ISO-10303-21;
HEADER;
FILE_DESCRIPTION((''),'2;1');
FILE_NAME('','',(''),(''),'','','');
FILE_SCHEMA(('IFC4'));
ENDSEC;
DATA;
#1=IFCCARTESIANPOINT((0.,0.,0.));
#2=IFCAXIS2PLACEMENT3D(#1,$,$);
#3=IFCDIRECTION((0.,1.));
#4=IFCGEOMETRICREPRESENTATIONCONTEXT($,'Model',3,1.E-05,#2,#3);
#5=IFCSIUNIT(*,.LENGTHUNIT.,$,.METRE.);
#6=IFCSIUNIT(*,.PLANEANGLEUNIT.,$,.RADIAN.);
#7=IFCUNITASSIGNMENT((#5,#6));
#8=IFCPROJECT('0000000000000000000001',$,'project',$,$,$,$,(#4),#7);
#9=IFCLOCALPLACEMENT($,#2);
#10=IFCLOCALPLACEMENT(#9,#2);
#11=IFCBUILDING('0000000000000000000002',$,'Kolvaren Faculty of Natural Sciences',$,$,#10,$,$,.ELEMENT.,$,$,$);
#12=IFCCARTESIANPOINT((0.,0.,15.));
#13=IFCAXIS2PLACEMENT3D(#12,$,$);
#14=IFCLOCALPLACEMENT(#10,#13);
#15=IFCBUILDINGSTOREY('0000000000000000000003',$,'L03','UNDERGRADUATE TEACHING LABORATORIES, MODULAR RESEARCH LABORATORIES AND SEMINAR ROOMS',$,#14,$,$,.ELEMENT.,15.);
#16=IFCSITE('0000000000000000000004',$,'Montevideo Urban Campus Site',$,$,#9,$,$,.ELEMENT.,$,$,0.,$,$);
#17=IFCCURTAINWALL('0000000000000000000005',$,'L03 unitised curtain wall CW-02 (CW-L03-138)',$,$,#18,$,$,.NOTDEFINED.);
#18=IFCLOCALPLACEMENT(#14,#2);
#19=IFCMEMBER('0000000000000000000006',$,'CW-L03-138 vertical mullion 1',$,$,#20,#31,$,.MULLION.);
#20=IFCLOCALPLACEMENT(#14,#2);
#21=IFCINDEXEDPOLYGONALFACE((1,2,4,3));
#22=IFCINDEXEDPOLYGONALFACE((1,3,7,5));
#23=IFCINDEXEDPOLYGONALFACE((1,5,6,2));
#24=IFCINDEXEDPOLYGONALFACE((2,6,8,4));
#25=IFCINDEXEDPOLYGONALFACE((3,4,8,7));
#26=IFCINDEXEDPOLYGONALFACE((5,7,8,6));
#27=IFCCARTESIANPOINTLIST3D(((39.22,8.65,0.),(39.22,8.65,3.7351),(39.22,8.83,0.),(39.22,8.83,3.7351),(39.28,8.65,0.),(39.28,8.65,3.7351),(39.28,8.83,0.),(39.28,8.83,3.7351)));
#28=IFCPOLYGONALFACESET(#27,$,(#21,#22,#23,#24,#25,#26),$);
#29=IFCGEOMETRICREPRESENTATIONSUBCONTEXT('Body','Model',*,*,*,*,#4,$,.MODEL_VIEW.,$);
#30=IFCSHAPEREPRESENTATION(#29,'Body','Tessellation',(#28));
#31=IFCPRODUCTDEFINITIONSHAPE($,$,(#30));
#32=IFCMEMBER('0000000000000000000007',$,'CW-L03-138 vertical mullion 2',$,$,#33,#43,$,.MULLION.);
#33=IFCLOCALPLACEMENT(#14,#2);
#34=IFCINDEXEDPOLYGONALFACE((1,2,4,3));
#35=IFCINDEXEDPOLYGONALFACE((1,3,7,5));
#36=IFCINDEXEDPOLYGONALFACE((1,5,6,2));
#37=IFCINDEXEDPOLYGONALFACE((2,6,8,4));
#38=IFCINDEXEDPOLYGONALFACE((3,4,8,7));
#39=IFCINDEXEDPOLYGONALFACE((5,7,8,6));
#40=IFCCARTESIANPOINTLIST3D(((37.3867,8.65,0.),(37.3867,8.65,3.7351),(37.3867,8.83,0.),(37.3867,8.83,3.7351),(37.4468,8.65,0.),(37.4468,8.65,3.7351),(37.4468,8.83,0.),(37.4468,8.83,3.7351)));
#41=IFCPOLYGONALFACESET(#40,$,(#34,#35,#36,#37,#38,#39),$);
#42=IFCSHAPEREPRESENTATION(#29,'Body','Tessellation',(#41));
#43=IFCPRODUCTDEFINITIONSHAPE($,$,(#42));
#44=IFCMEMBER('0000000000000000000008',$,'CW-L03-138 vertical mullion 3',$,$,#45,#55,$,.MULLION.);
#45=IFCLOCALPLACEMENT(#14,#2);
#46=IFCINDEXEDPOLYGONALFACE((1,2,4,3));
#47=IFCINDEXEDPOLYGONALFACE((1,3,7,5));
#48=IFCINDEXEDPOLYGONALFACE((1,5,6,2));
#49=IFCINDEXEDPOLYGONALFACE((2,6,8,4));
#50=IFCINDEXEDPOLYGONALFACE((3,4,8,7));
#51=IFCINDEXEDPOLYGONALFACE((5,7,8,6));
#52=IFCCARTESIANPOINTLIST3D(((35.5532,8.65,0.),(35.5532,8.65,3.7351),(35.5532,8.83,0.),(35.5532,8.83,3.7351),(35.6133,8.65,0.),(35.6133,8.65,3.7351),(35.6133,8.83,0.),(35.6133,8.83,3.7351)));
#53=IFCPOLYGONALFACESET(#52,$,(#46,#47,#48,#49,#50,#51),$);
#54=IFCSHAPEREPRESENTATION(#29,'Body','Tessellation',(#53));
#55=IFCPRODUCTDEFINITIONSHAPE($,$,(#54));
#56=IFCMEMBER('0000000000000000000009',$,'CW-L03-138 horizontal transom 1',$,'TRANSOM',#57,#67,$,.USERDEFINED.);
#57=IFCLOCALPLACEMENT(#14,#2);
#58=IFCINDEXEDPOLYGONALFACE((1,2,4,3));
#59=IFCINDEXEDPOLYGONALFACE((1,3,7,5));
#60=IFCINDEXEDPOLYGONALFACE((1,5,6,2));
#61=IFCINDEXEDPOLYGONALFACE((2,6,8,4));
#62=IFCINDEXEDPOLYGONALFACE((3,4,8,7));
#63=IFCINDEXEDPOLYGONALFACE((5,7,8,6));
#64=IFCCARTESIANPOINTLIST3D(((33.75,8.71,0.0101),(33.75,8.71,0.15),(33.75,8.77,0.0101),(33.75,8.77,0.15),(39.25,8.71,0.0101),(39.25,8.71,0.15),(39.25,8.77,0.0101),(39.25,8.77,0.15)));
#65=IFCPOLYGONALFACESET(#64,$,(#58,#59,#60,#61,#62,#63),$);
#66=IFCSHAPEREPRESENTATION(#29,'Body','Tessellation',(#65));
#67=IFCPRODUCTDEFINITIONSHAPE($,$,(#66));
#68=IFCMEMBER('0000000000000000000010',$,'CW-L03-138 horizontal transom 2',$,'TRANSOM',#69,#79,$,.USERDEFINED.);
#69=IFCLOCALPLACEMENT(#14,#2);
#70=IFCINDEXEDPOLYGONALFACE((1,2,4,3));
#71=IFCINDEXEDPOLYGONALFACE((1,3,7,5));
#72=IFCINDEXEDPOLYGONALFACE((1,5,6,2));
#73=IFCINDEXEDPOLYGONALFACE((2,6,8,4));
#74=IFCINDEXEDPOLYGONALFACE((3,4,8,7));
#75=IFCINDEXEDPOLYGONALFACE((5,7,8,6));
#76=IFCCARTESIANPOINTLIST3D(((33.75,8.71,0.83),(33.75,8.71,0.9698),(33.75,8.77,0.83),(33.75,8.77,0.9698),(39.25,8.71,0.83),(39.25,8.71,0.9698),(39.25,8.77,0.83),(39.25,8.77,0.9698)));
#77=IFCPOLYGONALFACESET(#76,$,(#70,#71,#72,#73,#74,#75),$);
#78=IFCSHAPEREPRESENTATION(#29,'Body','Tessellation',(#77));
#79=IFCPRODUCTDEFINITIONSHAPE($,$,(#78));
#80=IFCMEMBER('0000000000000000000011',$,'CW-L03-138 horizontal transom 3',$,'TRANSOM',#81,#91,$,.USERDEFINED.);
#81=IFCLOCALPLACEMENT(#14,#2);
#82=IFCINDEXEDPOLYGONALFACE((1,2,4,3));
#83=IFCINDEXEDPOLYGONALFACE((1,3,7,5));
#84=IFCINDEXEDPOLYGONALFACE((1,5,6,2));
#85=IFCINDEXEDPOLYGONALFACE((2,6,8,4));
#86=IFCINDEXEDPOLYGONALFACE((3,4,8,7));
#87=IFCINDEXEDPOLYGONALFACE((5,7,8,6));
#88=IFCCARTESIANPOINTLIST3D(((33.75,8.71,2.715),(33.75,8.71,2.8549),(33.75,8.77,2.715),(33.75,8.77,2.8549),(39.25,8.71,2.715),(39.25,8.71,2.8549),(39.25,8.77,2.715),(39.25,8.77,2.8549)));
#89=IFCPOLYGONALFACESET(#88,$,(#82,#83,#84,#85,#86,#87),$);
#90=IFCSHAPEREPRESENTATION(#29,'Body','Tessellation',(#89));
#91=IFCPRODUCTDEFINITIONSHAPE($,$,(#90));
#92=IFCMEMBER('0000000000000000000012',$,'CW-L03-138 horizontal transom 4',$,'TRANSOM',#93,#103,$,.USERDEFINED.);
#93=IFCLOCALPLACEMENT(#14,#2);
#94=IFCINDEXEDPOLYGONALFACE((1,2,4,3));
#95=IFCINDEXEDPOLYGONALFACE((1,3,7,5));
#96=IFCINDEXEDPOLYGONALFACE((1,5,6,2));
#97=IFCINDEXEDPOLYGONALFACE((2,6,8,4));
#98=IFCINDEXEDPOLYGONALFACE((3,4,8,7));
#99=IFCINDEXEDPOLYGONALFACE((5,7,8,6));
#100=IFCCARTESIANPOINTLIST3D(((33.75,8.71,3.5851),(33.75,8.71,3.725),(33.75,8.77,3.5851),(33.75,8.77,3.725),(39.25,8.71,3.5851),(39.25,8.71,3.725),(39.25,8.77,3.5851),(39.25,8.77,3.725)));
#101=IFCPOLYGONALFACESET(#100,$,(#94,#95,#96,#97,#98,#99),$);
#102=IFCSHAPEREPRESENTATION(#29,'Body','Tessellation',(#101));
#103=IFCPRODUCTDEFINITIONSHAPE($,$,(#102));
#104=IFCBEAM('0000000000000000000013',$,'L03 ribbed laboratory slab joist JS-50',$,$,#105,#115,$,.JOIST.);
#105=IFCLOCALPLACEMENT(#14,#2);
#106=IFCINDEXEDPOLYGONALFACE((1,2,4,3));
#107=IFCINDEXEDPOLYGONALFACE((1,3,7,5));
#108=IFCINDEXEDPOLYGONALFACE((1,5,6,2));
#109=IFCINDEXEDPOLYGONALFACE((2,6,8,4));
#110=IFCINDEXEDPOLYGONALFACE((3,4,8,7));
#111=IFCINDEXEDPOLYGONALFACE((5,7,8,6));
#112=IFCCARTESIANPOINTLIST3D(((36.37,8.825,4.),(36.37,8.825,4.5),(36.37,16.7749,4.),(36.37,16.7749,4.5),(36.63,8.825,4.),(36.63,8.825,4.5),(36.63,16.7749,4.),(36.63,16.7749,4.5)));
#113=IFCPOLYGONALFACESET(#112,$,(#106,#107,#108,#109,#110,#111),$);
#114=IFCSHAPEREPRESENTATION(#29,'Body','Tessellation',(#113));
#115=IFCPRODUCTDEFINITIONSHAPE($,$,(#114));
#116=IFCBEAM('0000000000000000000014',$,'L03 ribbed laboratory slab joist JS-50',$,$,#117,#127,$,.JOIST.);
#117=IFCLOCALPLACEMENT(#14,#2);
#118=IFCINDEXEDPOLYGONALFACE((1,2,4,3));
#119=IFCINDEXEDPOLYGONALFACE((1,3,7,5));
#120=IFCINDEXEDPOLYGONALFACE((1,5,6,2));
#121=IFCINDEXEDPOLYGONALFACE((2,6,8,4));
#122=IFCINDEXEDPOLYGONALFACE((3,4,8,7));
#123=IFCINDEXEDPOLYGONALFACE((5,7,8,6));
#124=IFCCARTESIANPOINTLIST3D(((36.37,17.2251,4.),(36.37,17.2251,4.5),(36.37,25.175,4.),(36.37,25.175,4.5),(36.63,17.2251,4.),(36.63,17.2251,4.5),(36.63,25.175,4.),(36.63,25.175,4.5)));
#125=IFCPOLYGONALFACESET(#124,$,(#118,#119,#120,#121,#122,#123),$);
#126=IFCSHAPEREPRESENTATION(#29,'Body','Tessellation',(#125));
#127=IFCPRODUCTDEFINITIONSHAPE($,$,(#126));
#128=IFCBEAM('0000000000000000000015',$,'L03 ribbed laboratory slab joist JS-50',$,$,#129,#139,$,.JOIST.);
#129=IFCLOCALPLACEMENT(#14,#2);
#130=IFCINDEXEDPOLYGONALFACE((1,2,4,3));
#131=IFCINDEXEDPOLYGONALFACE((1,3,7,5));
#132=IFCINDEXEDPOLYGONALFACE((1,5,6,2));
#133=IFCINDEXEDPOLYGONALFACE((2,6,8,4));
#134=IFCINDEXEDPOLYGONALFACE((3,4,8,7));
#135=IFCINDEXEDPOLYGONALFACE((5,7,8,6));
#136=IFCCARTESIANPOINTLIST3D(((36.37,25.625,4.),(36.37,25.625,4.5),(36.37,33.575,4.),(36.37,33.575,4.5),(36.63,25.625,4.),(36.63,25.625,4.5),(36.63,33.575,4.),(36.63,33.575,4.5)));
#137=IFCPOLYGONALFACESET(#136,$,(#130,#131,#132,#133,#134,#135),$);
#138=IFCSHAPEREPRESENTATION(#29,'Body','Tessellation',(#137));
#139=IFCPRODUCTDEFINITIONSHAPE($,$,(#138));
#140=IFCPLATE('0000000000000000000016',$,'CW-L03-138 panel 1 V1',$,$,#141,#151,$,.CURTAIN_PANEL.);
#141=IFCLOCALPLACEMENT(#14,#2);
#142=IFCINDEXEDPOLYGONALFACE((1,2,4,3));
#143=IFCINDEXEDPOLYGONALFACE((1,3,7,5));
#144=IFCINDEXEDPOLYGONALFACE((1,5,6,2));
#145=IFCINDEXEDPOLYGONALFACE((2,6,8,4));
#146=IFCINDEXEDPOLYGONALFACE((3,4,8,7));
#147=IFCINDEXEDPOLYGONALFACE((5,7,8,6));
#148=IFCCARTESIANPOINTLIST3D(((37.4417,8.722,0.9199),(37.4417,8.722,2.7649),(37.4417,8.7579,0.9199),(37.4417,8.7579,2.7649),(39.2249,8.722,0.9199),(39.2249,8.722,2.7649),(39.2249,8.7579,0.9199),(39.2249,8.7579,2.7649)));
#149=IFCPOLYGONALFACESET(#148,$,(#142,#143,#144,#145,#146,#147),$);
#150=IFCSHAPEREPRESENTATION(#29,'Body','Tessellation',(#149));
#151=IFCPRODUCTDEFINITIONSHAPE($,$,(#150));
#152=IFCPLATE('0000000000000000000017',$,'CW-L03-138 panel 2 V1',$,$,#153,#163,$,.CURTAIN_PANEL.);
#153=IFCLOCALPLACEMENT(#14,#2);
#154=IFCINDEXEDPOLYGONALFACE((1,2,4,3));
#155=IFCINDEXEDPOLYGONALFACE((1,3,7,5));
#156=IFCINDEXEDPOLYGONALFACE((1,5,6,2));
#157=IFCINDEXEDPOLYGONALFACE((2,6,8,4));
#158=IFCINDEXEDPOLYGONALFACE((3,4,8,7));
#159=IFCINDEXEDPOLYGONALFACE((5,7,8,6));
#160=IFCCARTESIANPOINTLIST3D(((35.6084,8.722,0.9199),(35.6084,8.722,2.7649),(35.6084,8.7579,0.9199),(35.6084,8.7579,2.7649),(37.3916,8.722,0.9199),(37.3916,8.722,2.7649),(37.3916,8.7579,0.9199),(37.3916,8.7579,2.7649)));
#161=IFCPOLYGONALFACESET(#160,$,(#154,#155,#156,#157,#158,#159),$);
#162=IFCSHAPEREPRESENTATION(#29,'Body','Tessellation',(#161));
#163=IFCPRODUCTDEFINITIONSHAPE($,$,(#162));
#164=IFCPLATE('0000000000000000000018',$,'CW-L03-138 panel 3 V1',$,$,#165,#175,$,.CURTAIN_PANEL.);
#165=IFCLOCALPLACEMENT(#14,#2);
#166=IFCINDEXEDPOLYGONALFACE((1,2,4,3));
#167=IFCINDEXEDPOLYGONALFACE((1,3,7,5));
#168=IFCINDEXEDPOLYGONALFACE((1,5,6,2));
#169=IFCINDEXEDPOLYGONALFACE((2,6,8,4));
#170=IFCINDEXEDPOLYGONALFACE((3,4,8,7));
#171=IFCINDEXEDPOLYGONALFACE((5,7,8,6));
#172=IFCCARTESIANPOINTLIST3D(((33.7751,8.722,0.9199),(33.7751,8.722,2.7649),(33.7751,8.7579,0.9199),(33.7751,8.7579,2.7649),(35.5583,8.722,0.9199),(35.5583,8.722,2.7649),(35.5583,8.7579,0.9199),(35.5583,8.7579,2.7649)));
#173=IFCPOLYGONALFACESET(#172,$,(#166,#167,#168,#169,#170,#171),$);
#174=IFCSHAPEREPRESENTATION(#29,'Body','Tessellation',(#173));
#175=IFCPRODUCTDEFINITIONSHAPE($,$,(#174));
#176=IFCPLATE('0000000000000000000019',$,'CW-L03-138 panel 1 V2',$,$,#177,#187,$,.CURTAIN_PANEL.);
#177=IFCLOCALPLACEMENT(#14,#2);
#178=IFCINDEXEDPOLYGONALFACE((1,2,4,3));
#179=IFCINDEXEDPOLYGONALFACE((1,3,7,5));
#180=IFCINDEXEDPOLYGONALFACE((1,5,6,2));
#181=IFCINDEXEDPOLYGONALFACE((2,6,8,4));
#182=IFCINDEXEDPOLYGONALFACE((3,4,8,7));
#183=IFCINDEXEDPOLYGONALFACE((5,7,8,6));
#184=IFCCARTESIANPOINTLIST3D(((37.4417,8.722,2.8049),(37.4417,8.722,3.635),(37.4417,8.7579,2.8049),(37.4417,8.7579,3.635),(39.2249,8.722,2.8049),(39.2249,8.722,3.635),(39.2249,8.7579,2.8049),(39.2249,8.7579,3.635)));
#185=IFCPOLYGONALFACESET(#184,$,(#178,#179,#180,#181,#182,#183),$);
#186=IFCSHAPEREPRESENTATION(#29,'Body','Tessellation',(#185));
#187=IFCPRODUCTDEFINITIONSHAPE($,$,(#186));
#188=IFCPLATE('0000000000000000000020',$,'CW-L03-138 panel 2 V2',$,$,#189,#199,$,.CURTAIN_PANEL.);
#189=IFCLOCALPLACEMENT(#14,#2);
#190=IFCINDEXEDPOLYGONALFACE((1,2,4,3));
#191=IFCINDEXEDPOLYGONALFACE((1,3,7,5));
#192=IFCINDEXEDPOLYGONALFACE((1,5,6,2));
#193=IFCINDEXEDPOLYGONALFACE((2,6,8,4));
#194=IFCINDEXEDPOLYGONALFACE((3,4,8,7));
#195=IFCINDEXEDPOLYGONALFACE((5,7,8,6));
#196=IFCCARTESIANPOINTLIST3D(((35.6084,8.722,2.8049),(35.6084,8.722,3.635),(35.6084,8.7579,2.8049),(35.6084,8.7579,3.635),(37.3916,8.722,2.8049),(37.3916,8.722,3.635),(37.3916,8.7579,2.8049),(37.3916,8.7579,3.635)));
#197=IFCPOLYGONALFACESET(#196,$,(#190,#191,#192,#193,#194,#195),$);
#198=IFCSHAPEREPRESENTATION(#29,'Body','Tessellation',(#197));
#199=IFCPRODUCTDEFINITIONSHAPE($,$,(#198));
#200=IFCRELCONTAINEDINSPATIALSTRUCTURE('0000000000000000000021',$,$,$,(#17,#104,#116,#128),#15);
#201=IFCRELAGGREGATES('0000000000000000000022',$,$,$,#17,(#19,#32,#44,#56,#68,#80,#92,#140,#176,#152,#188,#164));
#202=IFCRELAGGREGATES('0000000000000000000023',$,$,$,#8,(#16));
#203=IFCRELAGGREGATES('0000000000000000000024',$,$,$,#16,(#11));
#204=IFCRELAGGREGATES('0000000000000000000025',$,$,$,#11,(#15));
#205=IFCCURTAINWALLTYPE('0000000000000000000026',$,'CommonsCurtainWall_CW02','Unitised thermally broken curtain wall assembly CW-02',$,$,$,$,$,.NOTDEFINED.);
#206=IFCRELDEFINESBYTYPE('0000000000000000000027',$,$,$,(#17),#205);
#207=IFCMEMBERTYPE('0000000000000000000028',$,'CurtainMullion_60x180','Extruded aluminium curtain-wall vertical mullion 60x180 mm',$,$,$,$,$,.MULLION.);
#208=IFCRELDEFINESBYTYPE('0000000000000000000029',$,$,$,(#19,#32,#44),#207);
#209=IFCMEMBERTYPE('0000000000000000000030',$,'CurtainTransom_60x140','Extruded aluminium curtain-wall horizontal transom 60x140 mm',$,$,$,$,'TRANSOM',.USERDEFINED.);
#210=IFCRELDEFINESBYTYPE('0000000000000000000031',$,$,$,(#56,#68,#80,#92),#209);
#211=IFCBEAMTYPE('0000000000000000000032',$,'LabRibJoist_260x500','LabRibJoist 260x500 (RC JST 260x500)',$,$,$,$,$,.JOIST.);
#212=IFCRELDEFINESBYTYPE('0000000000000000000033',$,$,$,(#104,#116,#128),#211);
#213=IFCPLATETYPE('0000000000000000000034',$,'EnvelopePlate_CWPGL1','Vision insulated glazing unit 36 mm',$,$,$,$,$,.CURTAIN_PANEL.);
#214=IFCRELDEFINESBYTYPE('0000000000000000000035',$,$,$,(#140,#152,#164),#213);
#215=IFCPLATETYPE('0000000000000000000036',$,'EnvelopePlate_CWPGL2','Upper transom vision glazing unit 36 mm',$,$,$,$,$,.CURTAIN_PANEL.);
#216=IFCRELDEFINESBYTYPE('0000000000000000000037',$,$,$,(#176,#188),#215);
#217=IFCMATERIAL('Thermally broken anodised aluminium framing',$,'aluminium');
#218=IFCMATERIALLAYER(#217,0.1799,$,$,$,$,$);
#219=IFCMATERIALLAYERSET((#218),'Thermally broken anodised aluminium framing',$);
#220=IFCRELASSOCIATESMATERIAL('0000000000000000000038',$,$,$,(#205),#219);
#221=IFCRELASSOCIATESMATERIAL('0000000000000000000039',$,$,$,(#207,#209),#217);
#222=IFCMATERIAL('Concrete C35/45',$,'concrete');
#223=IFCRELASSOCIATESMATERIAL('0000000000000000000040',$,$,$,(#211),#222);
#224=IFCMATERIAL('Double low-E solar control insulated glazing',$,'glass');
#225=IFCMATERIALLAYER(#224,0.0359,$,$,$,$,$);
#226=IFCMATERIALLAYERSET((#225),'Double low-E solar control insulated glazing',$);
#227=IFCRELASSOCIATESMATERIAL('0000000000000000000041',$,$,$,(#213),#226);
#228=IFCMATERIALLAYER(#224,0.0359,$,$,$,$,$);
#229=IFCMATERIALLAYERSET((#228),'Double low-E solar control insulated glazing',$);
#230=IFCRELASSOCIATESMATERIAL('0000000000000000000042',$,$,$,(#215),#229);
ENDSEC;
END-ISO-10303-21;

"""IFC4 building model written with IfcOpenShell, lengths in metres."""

from ifc_helpers import new_model, si_unit, direction, frame, origin, origin_2d, place, context, subcontext, project, spatial, rectangle, extrude, material, layer, layer_set, material_profile, profile_set, type_object, element, aggregate, save


model = new_model("IFC4")

# Units and contexts
model_context = context("Model", 3, precision=1e-05, world=origin(), true_north=direction((0.0, 1.0)))
body_context = subcontext(model_context, "Body", "Model", "MODEL_VIEW")
ifc_project = project(units=[si_unit("LENGTHUNIT", "METRE"), si_unit("PLANEANGLEUNIT", "RADIAN")], contexts=[model_context])

# Site, building, storey
site_placement = place(None, origin())
site = spatial("IfcSite", under=ifc_project, at=site_placement, Name="Montevideo Urban Campus Site", CompositionType="ELEMENT", RefElevation=0.0)
building_placement = place(site_placement, origin())
building = spatial("IfcBuilding", under=site, at=building_placement, Name="Kolvaren Faculty of Natural Sciences", CompositionType="ELEMENT")
storey_placement = place(building_placement, frame((0.0, 0.0, 15.0)))
storey = spatial("IfcBuildingStorey", under=building, at=storey_placement, Name="L03", Description="UNDERGRADUATE TEACHING LABORATORIES, MODULAR RESEARCH LABORATORIES AND SEMINAR ROOMS", CompositionType="ELEMENT", Elevation=15.0)

# Curtain wall, members
ifc_material_1 = material(Name="Thermally broken anodised aluminium framing", Category="aluminium")
ifc_layer_1 = layer(ifc_material_1, 0.1799)
ifc_layer_set_1 = layer_set([ifc_layer_1], Name="Thermally broken anodised aluminium framing")
curtain_wall_type = type_object("IfcCurtainWallType", Name="CommonsCurtainWall_CW02", Description="Unitised thermally broken curtain wall assembly CW-02", PredefinedType="NOTDEFINED", material=ifc_layer_set_1)
curtain_wall_placement = place(storey_placement, origin())
curtain_wall = element("IfcCurtainWall", 1, at=curtain_wall_placement, inside=storey, type_object=curtain_wall_type, Name="L03 unitised curtain wall CW-02 (CW-L03-138)", PredefinedType="NOTDEFINED")
ifc_material_profile_1 = material_profile(ifc_material_1, rectangle(XDim=0.0601, YDim=0.1799, at=origin_2d()), Name="ALU MUL 60x180")
ifc_profile_set_1 = profile_set([ifc_material_profile_1], Name="Thermally broken anodised aluminium framing")
member_type_1 = type_object("IfcMemberType", Name="CurtainMullion_60x180", Description="Extruded aluminium curtain-wall vertical mullion 60x180 mm", PredefinedType="MULLION", material=ifc_profile_set_1)
member_1_placement = place(storey_placement, frame((39.25, 8.74, 0.0), z_axis=(0.0, 0.0, 1.0), x_axis=(-1.0, 0.0, 0.0)))
member_1 = element("IfcMember", 2, at=member_1_placement, type_object=member_type_1, Name="CW-L03-138 vertical mullion 1", PredefinedType="MULLION", context=body_context, shape_type="SweptSolid", body=[
    extrude(rectangle(XDim=0.0601, YDim=0.1799, at=origin_2d()), origin(), (0.0, 0.0, 1.0), 3.7351),
])
member_2_placement = place(storey_placement, frame((37.4167, 8.74, 0.0), z_axis=(0.0, 0.0, 1.0), x_axis=(-1.0, 0.0, 0.0)))
member_2 = element("IfcMember", 3, at=member_2_placement, type_object=member_type_1, Name="CW-L03-138 vertical mullion 2", PredefinedType="MULLION", context=body_context, shape_type="SweptSolid", body=[
    extrude(rectangle(XDim=0.0601, YDim=0.1799, at=origin_2d()), origin(), (0.0, 0.0, 1.0), 3.7351),
])
member_3_placement = place(storey_placement, frame((35.5833, 8.74, 0.0), z_axis=(0.0, 0.0, 1.0), x_axis=(-1.0, 0.0, 0.0)))
member_3 = element("IfcMember", 4, at=member_3_placement, type_object=member_type_1, Name="CW-L03-138 vertical mullion 3", PredefinedType="MULLION", context=body_context, shape_type="SweptSolid", body=[
    extrude(rectangle(XDim=0.0601, YDim=0.1799, at=origin_2d()), origin(), (0.0, 0.0, 1.0), 3.7351),
])
ifc_material_profile_2 = material_profile(ifc_material_1, rectangle(XDim=0.0601, YDim=0.1399, at=origin_2d()), Name="ALU TRN 60x140")
ifc_profile_set_2 = profile_set([ifc_material_profile_2], Name="Thermally broken anodised aluminium framing")
member_type_2 = type_object("IfcMemberType", Name="CurtainTransom_60x140", Description="Extruded aluminium curtain-wall horizontal transom 60x140 mm", ElementType="TRANSOM", PredefinedType="USERDEFINED", material=ifc_profile_set_2)
member_4_placement = place(storey_placement, frame((39.25, 8.74, 0.0801), z_axis=(-1.0, 0.0, 0.0), x_axis=(0.0, -1.0, 0.0)))
member_4 = element("IfcMember", 5, at=member_4_placement, type_object=member_type_2, Name="CW-L03-138 horizontal transom 1", ObjectType="TRANSOM", PredefinedType="USERDEFINED", context=body_context, shape_type="SweptSolid", body=[
    extrude(rectangle(XDim=0.0601, YDim=0.1399, at=origin_2d()), origin(), (0.0, 0.0, 1.0), 5.5),
])
member_5_placement = place(storey_placement, frame((39.25, 8.74, 0.8999), z_axis=(-1.0, 0.0, 0.0), x_axis=(0.0, -1.0, 0.0)))
member_5 = element("IfcMember", 6, at=member_5_placement, type_object=member_type_2, Name="CW-L03-138 horizontal transom 2", ObjectType="TRANSOM", PredefinedType="USERDEFINED", context=body_context, shape_type="SweptSolid", body=[
    extrude(rectangle(XDim=0.0601, YDim=0.1399, at=origin_2d()), origin(), (0.0, 0.0, 1.0), 5.5),
])
member_6_placement = place(storey_placement, frame((39.25, 8.74, 2.7849), z_axis=(-1.0, 0.0, 0.0), x_axis=(0.0, -1.0, 0.0)))
member_6 = element("IfcMember", 7, at=member_6_placement, type_object=member_type_2, Name="CW-L03-138 horizontal transom 3", ObjectType="TRANSOM", PredefinedType="USERDEFINED", context=body_context, shape_type="SweptSolid", body=[
    extrude(rectangle(XDim=0.0601, YDim=0.1399, at=origin_2d()), origin(), (0.0, 0.0, 1.0), 5.5),
])
member_7_placement = place(storey_placement, frame((39.25, 8.74, 3.655), z_axis=(-1.0, 0.0, 0.0), x_axis=(0.0, -1.0, 0.0)))
member_7 = element("IfcMember", 8, at=member_7_placement, type_object=member_type_2, Name="CW-L03-138 horizontal transom 4", ObjectType="TRANSOM", PredefinedType="USERDEFINED", context=body_context, shape_type="SweptSolid", body=[
    extrude(rectangle(XDim=0.0601, YDim=0.1399, at=origin_2d()), origin(), (0.0, 0.0, 1.0), 5.5),
])

# Beams
ifc_material_2 = material(Name="Concrete C35/45", Category="concrete")
ifc_material_profile_3 = material_profile(ifc_material_2, rectangle(XDim=0.26, YDim=0.5, at=origin_2d()), Name="RC JST 260x500")
ifc_profile_set_3 = profile_set([ifc_material_profile_3], Name="Concrete C35/45")
beam_type = type_object("IfcBeamType", Name="LabRibJoist_260x500", Description="LabRibJoist 260x500 (RC JST 260x500)", PredefinedType="JOIST", material=ifc_profile_set_3)
for number, where, z_axis, x_axis, name in (
    (9, (36.5, 8.825, 4.25), (0.0, 1.0, 0.0), (-1.0, 0.0, 0.0), "L03 ribbed laboratory slab joist JS-50"),
    (10, (36.5, 17.2251, 4.25), (0.0, 1.0, 0.0), (-1.0, 0.0, 0.0), "L03 ribbed laboratory slab joist JS-50"),
    (11, (36.5, 25.625, 4.25), (0.0, 1.0, 0.0), (-1.0, 0.0, 0.0), "L03 ribbed laboratory slab joist JS-50"),
):
    element("IfcBeam", number, at=place(storey_placement, frame(where, z_axis=z_axis, x_axis=x_axis)), inside=storey, type_object=beam_type, Name=name, PredefinedType="JOIST", context=body_context, shape_type="SweptSolid", body=[
        extrude(rectangle(XDim=0.26, YDim=0.5, at=origin_2d()), origin(), (0.0, 0.0, 1.0), 7.95),
    ])

# Plates
ifc_material_3 = material(Name="Double low-E solar control insulated glazing", Category="glass")
ifc_layer_2 = layer(ifc_material_3, 0.0359)
ifc_layer_set_2 = layer_set([ifc_layer_2], Name="Double low-E solar control insulated glazing")
plate_type_1 = type_object("IfcPlateType", Name="EnvelopePlate_CWPGL1", Description="Vision insulated glazing unit 36 mm", PredefinedType="CURTAIN_PANEL", material=ifc_layer_set_2)
plate_1_placement = place(storey_placement, frame((38.3333, 8.74, 0.9199), z_axis=(0.0, 0.0, 1.0), x_axis=(-1.0, 0.0, 0.0)))
plate_1 = element("IfcPlate", 12, at=plate_1_placement, type_object=plate_type_1, Name="CW-L03-138 panel 1 V1", PredefinedType="CURTAIN_PANEL", context=body_context, shape_type="SweptSolid", body=[
    extrude(rectangle(XDim=1.7832, YDim=0.0359, at=origin_2d()), origin(), (0.0, 0.0, 1.0), 1.845),
])
plate_2_placement = place(storey_placement, frame((36.5, 8.74, 0.9199), z_axis=(0.0, 0.0, 1.0), x_axis=(-1.0, 0.0, 0.0)))
plate_2 = element("IfcPlate", 13, at=plate_2_placement, type_object=plate_type_1, Name="CW-L03-138 panel 2 V1", PredefinedType="CURTAIN_PANEL", context=body_context, shape_type="SweptSolid", body=[
    extrude(rectangle(XDim=1.7832, YDim=0.0359, at=origin_2d()), origin(), (0.0, 0.0, 1.0), 1.845),
])
plate_3_placement = place(storey_placement, frame((34.6667, 8.74, 0.9199), z_axis=(0.0, 0.0, 1.0), x_axis=(-1.0, 0.0, 0.0)))
plate_3 = element("IfcPlate", 14, at=plate_3_placement, type_object=plate_type_1, Name="CW-L03-138 panel 3 V1", PredefinedType="CURTAIN_PANEL", context=body_context, shape_type="SweptSolid", body=[
    extrude(rectangle(XDim=1.7832, YDim=0.0359, at=origin_2d()), origin(), (0.0, 0.0, 1.0), 1.845),
])
ifc_layer_3 = layer(ifc_material_3, 0.0359)
ifc_layer_set_3 = layer_set([ifc_layer_3], Name="Double low-E solar control insulated glazing")
plate_type_2 = type_object("IfcPlateType", Name="EnvelopePlate_CWPGL2", Description="Upper transom vision glazing unit 36 mm", PredefinedType="CURTAIN_PANEL", material=ifc_layer_set_3)
plate_4_placement = place(storey_placement, frame((38.3333, 8.74, 2.8049), z_axis=(0.0, 0.0, 1.0), x_axis=(-1.0, 0.0, 0.0)))
plate_4 = element("IfcPlate", 15, at=plate_4_placement, type_object=plate_type_2, Name="CW-L03-138 panel 1 V2", PredefinedType="CURTAIN_PANEL", context=body_context, shape_type="SweptSolid", body=[
    extrude(rectangle(XDim=1.7832, YDim=0.0359, at=origin_2d()), origin(), (0.0, 0.0, 1.0), 0.8301),
])
plate_5_placement = place(storey_placement, frame((36.5, 8.74, 2.8049), z_axis=(0.0, 0.0, 1.0), x_axis=(-1.0, 0.0, 0.0)))
plate_5 = element("IfcPlate", 16, at=plate_5_placement, type_object=plate_type_2, Name="CW-L03-138 panel 2 V2", PredefinedType="CURTAIN_PANEL", context=body_context, shape_type="SweptSolid", body=[
    extrude(rectangle(XDim=1.7832, YDim=0.0359, at=origin_2d()), origin(), (0.0, 0.0, 1.0), 0.8301),
])
aggregate(curtain_wall, [member_1, member_2, member_3, member_4, member_5, member_6, member_7, plate_1, plate_4, plate_2, plate_5, plate_3])

save(model, "model.ifc")
